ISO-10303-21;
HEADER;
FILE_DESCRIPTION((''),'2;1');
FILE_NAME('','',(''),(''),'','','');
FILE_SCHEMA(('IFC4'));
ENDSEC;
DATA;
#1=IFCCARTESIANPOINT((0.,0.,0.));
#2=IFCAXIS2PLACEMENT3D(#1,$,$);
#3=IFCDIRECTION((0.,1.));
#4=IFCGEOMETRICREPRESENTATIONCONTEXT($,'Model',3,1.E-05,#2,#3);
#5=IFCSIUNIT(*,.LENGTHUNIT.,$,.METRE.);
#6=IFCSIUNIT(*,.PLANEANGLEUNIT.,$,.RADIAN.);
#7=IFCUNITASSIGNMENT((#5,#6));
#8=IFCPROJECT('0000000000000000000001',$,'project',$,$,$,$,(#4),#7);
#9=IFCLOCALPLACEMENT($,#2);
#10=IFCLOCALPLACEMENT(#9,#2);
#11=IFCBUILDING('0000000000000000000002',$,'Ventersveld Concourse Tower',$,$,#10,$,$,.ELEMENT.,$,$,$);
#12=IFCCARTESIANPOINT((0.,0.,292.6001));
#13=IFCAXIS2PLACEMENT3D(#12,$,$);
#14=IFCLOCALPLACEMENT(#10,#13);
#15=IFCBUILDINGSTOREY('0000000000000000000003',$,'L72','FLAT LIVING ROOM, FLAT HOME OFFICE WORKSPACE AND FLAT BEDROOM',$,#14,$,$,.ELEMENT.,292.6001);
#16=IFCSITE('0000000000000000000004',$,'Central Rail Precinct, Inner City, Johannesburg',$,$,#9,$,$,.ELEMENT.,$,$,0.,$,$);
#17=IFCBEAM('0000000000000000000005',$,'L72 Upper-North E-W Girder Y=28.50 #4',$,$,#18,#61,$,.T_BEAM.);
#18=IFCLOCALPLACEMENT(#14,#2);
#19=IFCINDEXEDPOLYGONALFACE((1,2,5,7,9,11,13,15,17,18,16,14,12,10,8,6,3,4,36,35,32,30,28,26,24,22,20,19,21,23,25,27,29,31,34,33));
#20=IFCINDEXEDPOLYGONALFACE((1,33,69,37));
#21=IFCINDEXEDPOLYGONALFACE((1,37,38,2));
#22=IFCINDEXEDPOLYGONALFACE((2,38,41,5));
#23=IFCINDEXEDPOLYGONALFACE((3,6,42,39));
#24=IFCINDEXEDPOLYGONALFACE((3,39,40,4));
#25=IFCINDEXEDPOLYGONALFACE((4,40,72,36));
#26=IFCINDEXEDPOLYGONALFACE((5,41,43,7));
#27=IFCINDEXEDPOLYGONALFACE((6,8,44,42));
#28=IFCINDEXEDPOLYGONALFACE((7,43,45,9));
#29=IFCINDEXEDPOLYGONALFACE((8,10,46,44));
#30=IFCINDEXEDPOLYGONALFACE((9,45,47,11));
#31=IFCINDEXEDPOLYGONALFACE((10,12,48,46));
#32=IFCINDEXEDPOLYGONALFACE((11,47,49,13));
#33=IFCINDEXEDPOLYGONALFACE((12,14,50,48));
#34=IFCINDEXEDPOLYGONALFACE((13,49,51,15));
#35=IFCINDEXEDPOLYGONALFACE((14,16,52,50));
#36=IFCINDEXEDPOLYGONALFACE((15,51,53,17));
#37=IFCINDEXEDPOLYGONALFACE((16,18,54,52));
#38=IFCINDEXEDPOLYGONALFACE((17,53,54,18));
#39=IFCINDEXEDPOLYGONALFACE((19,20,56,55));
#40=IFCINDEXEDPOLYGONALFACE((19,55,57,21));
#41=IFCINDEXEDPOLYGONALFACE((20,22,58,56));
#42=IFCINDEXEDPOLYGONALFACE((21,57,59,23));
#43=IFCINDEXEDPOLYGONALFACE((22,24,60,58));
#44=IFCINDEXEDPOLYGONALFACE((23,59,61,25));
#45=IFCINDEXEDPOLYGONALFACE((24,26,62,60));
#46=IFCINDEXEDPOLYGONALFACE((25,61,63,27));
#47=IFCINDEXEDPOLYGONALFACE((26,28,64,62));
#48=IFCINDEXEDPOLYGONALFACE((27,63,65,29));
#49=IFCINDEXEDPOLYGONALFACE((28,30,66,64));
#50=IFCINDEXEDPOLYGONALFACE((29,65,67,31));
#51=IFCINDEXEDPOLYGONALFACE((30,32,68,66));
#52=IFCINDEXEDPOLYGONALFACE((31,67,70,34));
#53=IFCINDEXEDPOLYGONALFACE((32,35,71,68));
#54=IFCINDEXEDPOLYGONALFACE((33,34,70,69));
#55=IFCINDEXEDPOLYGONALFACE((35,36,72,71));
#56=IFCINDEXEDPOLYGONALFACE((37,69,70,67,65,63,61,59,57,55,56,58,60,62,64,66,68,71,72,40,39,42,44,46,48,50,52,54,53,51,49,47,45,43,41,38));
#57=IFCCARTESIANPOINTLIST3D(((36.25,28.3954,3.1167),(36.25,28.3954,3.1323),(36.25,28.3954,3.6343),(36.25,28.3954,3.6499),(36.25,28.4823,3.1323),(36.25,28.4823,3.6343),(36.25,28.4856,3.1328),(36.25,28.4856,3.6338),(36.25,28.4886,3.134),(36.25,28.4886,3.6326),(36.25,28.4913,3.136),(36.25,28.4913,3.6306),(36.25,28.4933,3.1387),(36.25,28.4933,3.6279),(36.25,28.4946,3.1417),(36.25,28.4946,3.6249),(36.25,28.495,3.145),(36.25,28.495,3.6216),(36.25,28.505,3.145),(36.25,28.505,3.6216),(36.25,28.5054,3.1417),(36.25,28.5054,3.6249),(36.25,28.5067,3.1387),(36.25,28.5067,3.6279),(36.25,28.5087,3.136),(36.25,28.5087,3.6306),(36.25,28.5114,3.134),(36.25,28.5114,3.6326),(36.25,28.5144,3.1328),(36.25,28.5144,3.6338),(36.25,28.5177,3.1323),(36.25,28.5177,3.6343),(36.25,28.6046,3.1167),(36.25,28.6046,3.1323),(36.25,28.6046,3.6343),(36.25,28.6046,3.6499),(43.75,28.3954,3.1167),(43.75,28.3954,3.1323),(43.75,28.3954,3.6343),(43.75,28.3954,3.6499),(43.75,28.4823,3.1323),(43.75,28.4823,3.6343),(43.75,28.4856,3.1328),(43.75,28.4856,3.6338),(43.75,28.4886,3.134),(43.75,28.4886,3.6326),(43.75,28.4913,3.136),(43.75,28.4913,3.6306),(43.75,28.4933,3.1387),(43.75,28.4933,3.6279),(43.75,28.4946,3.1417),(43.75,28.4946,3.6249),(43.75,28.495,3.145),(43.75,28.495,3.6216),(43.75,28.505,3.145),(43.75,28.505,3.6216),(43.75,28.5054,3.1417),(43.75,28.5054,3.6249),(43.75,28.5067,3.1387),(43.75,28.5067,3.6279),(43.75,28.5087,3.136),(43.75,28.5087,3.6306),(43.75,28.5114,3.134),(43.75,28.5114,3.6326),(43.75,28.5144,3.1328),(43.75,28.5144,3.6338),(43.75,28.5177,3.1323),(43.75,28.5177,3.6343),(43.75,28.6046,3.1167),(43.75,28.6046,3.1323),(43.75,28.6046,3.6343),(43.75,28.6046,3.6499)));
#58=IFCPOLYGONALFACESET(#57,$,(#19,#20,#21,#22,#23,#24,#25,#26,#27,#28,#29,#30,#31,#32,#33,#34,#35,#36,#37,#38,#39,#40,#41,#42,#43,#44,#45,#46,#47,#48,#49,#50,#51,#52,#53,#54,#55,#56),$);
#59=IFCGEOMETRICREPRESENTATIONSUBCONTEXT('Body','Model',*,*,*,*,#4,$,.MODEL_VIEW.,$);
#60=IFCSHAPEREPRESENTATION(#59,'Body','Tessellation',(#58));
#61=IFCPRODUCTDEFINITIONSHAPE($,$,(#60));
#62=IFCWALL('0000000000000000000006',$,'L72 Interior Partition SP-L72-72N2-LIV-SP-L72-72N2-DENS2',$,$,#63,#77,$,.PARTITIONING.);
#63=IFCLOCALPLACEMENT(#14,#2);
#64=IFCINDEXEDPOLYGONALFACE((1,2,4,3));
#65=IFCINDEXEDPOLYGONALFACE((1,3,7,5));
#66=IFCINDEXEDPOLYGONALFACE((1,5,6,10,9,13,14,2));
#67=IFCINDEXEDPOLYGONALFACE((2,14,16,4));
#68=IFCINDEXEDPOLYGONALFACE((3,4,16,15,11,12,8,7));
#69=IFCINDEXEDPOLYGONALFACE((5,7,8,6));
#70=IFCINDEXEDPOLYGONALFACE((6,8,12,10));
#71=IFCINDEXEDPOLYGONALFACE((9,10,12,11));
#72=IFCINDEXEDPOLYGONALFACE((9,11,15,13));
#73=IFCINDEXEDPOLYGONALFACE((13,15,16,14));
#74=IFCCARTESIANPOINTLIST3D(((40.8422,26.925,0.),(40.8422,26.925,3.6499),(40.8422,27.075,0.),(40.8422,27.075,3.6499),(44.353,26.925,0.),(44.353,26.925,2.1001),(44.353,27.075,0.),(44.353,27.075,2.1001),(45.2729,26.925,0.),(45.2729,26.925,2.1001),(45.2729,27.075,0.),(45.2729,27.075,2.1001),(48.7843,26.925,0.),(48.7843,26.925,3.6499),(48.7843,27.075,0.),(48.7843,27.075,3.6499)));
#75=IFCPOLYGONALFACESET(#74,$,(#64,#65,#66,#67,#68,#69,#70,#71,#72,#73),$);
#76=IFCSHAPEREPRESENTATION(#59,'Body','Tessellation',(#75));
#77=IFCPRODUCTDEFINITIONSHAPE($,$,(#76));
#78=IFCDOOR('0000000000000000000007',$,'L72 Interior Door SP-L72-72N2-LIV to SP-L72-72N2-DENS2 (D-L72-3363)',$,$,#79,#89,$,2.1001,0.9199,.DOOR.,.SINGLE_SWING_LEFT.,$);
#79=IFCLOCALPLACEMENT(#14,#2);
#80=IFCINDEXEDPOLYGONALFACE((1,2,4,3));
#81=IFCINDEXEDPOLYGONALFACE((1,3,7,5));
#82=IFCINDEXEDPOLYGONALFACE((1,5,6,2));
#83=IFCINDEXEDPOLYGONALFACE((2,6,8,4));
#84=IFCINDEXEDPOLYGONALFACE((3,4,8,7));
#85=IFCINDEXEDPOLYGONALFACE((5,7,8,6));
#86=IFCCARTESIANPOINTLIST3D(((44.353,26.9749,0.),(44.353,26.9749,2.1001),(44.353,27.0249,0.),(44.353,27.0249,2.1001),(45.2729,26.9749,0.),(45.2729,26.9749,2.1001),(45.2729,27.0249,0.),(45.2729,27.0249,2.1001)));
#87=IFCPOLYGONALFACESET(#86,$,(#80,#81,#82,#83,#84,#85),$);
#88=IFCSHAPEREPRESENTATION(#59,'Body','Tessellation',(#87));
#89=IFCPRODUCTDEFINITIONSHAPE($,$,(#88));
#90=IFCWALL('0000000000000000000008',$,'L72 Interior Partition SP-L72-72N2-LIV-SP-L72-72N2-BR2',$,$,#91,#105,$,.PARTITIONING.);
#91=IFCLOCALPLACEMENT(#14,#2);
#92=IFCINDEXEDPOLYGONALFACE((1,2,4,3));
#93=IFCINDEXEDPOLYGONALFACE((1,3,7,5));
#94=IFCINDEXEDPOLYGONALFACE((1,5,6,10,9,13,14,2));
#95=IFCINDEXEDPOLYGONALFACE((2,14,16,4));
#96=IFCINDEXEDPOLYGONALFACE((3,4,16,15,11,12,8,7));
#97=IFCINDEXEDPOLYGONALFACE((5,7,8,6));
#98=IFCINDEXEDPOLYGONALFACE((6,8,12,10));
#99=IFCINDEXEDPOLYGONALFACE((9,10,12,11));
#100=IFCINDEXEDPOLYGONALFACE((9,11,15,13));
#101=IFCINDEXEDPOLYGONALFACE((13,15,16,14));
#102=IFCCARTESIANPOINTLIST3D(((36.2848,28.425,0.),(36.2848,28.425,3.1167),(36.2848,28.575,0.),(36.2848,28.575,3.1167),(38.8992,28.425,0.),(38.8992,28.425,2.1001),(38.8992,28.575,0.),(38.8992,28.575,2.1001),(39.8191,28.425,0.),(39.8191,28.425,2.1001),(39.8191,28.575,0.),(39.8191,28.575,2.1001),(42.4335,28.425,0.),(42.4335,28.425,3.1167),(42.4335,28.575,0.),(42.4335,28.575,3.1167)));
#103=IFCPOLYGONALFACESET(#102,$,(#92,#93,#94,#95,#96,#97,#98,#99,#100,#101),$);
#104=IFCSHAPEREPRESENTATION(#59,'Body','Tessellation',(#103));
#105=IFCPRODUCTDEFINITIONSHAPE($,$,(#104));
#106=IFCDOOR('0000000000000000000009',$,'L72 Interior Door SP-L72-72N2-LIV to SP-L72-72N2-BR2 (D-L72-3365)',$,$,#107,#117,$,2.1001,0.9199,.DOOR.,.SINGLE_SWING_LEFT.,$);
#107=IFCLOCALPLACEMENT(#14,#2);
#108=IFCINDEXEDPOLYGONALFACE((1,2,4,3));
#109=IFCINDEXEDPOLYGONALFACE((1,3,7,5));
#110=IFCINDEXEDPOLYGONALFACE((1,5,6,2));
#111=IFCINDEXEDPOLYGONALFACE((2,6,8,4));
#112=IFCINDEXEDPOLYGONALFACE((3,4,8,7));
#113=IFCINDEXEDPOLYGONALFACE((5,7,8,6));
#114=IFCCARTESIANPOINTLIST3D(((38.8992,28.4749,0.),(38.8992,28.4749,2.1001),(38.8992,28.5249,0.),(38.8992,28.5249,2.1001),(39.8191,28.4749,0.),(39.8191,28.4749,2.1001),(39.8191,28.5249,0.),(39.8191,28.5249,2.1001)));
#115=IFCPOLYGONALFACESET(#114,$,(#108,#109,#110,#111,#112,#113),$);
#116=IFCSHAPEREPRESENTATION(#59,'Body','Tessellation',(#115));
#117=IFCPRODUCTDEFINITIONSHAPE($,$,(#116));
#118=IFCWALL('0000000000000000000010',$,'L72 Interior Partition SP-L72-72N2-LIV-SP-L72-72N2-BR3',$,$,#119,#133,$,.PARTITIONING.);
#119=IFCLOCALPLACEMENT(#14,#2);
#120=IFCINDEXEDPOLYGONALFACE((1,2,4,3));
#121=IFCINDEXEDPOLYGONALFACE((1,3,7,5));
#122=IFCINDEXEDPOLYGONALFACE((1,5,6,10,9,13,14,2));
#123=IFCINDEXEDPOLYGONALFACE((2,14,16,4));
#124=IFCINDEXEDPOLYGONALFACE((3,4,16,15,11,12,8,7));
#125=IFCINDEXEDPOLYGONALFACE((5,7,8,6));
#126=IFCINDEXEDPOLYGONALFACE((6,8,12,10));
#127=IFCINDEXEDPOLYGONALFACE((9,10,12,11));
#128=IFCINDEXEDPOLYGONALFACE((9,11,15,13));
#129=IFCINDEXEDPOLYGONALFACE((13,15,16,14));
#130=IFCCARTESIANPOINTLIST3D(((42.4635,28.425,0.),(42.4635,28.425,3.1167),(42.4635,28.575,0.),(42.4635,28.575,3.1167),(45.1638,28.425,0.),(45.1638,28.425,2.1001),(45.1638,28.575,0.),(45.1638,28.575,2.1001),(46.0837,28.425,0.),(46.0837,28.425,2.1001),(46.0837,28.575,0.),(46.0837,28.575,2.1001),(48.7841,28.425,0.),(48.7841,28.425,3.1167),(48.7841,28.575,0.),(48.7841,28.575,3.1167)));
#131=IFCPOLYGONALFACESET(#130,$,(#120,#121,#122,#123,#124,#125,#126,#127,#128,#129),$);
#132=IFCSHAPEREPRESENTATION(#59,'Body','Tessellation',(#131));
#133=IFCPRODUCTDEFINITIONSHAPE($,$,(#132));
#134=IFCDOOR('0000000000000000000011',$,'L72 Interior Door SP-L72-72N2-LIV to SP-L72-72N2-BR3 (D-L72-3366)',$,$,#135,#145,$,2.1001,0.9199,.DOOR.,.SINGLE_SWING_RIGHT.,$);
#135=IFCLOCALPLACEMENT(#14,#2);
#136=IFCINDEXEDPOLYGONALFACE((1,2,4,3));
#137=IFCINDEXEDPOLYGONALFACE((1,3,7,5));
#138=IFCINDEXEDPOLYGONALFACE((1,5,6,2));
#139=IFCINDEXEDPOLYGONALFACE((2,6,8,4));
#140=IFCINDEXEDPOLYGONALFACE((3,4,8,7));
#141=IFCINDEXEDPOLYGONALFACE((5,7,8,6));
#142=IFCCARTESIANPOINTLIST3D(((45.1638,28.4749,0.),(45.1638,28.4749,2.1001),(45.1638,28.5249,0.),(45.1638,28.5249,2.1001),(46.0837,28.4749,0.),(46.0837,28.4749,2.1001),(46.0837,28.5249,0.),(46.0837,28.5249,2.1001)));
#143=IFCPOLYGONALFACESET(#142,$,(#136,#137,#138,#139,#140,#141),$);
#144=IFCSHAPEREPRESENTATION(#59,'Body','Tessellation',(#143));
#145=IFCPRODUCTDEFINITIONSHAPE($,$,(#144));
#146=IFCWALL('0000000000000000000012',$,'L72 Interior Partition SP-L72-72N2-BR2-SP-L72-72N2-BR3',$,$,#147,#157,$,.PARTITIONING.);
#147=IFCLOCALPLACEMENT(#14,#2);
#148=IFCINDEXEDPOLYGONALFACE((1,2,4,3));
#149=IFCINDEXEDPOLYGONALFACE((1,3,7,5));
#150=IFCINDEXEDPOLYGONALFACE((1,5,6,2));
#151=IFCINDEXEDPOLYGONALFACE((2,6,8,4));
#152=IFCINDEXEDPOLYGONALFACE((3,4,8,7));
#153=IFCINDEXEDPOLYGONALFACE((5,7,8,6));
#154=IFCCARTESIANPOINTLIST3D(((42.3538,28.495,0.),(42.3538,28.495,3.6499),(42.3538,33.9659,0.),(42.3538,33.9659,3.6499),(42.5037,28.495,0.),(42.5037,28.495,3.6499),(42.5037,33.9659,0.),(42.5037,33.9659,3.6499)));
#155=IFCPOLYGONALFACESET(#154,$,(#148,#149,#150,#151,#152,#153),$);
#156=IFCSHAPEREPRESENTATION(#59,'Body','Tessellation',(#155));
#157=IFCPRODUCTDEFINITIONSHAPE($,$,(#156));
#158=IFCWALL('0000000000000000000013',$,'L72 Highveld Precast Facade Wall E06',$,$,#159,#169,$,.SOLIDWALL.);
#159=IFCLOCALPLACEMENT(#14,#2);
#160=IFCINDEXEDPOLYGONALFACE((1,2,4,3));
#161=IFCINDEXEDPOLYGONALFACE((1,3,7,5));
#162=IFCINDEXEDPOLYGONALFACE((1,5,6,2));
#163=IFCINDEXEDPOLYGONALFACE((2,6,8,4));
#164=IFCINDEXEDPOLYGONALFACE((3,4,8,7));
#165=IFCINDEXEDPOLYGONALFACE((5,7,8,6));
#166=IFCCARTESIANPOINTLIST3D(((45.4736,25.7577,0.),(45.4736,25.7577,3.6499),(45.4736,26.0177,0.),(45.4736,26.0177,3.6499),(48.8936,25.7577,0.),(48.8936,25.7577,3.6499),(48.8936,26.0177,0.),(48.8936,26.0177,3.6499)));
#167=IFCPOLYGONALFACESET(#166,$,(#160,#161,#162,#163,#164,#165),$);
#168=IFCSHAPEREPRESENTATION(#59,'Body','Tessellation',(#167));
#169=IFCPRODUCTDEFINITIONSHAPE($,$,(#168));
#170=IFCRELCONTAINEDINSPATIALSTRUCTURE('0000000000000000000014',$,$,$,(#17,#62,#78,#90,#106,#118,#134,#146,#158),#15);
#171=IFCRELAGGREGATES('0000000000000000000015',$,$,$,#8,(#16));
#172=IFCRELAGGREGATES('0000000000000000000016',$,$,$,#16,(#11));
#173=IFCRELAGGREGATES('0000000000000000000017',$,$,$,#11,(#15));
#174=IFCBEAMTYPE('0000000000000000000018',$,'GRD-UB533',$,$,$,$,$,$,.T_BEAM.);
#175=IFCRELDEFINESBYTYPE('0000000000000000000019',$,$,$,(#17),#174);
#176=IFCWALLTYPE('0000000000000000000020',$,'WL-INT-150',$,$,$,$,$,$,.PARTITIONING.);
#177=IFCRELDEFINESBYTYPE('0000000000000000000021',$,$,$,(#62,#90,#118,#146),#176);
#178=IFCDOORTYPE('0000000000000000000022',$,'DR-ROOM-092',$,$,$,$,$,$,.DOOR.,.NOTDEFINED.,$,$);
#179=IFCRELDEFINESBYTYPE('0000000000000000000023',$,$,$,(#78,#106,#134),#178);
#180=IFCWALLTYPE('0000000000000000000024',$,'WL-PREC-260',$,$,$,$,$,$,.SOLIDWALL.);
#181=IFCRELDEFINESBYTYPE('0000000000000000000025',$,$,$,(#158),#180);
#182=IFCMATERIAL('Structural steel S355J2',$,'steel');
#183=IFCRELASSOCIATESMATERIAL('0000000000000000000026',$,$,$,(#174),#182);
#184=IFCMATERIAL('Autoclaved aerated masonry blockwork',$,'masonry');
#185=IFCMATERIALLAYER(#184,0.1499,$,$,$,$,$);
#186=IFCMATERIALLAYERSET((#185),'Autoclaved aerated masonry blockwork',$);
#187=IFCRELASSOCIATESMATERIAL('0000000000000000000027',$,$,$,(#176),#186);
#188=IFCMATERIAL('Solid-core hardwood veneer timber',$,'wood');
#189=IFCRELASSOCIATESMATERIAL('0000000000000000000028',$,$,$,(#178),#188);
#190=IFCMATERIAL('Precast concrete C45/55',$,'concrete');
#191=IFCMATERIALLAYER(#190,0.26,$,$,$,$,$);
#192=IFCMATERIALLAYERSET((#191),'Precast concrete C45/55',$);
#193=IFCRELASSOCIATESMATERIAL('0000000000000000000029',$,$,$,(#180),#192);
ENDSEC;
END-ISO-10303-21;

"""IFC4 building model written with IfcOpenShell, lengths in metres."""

from ifc_helpers import new_model, si_unit, direction, frame, frame_2d, origin, origin_2d, place, context, subcontext, project, spatial, rectangle, i_section, extrude, material, layer, layer_set, material_profile, profile_set, type_object, element, fill, save


model = new_model("IFC4")

# Units and contexts
model_context = context("Model", 3, precision=1e-05, world=origin(), true_north=direction((0.0, 1.0)))
body_context = subcontext(model_context, "Body", "Model", "MODEL_VIEW")
ifc_project = project(units=[si_unit("LENGTHUNIT", "METRE"), si_unit("PLANEANGLEUNIT", "RADIAN")], contexts=[model_context])

# Site, building, storey
site_placement = place(None, origin())
site = spatial("IfcSite", under=ifc_project, at=site_placement, Name="Central Rail Precinct, Inner City, Johannesburg", CompositionType="ELEMENT", RefElevation=0.0)
building_placement = place(site_placement, origin())
building = spatial("IfcBuilding", under=site, at=building_placement, Name="Ventersveld Concourse Tower", CompositionType="ELEMENT")
storey_placement = place(building_placement, frame((0.0, 0.0, 292.6001)))
storey = spatial("IfcBuildingStorey", under=building, at=storey_placement, Name="L72", Description="FLAT LIVING ROOM, FLAT HOME OFFICE WORKSPACE AND FLAT BEDROOM", CompositionType="ELEMENT", Elevation=292.6001)

# Beam
ifc_material_1 = material(Name="Structural steel S355J2", Category="steel")
ifc_material_profile_1 = material_profile(ifc_material_1, i_section(OverallWidth=0.2092, OverallDepth=0.5332, WebThickness=0.01, FlangeThickness=0.0156, FilletRadius=0.0127, at=origin_2d()), Name="UB 533x210x92")
ifc_profile_set_1 = profile_set([ifc_material_profile_1], Name="Structural steel S355J2")
beam_type_1 = type_object("IfcBeamType", Name="GRD-UB533", PredefinedType="T_BEAM", material=ifc_profile_set_1)
beam_1_placement = place(storey_placement, frame((36.25, 28.5, 3.3833), z_axis=(1.0, 0.0, 0.0), x_axis=(0.0, 1.0, 0.0)))
element("IfcBeam", 1, at=beam_1_placement, inside=storey, type_object=beam_type_1, Name="L72 Upper-North E-W Girder Y=28.50 #4", PredefinedType="T_BEAM", context=body_context, shape_type="SweptSolid", body=[
    extrude(i_section(OverallWidth=0.2092, OverallDepth=0.5332, WebThickness=0.01, FlangeThickness=0.0156, FilletRadius=0.0127, at=origin_2d()), origin(), (0.0, 0.0, 1.0), 7.5),
])

# Walls, openings, doors
ifc_material_2 = material(Name="Autoclaved aerated masonry blockwork", Category="masonry")
ifc_layer_1 = layer(ifc_material_2, 0.1499)
ifc_layer_set_1 = layer_set([ifc_layer_1], Name="Autoclaved aerated masonry blockwork")
wall_type_1 = type_object("IfcWallType", Name="WL-INT-150", PredefinedType="PARTITIONING", material=ifc_layer_set_1)
wall_1_placement = place(storey_placement, frame((40.842, 27.0, 0.0), z_axis=(0.0, 0.0, 1.0), x_axis=(1.0, 0.0, 0.0)))
wall_1 = element("IfcWall", 2, at=wall_1_placement, inside=storey, type_object=wall_type_1, Name="L72 Interior Partition SP-L72-72N2-LIV-SP-L72-72N2-DENS2", PredefinedType="PARTITIONING", context=body_context, shape_type="SweptSolid", body=[
    extrude(rectangle(XDim=7.9421, YDim=0.1499, at=frame_2d((3.9712, 0.0))), origin(), (0.0, 0.0, 1.0), 3.6499),
])
opening_1_placement = place(wall_1_placement, frame((3.511, 0.0, 0.0)))
opening_1 = element("IfcOpeningElement", 3, at=opening_1_placement, cuts=wall_1, PredefinedType="OPENING", context=body_context, shape_type="SweptSolid", body=[
    extrude(rectangle(XDim=0.9199, YDim=2.1001, at=frame_2d((0.46, 1.05))), frame((0.0, 0.085, 0.0), z_axis=(0.0, -1.0, 0.0), x_axis=(1.0, 0.0, 0.0)), (0.0, 0.0, 1.0), 0.1699),
])
ifc_material_3 = material(Name="Solid-core hardwood veneer timber", Category="wood")
door_type = type_object("IfcDoorType", Name="DR-ROOM-092", OperationType="NOTDEFINED", PredefinedType="DOOR", material=ifc_material_3)
door_1_placement = place(opening_1_placement, origin())
door_1 = element("IfcDoor", 4, at=door_1_placement, inside=storey, type_object=door_type, Name="L72 Interior Door SP-L72-72N2-LIV to SP-L72-72N2-DENS2 (D-L72-3363)", OperationType="SINGLE_SWING_LEFT", OverallHeight=2.1001, OverallWidth=0.9199, PredefinedType="DOOR", context=body_context, shape_type="SweptSolid", body=[
    extrude(rectangle(XDim=0.9199, YDim=2.1001, at=frame_2d((0.46, 1.05))), frame((0.0, 0.0249, 0.0), z_axis=(0.0, -1.0, 0.0), x_axis=(1.0, 0.0, 0.0)), (0.0, 0.0, 1.0), 0.05),
])
fill(opening_1, door_1)
wall_2_placement = place(storey_placement, frame((36.2849, 28.5, 0.0), z_axis=(0.0, 0.0, 1.0), x_axis=(1.0, 0.0, 0.0)))
wall_2 = element("IfcWall", 5, at=wall_2_placement, inside=storey, type_object=wall_type_1, Name="L72 Interior Partition SP-L72-72N2-LIV-SP-L72-72N2-BR2", PredefinedType="PARTITIONING", context=body_context, shape_type="SweptSolid", body=[
    extrude(rectangle(XDim=6.1487, YDim=0.1499, at=frame_2d((3.0742, 0.0))), origin(), (0.0, 0.0, 1.0), 3.1167),
])
opening_2_placement = place(wall_2_placement, frame((2.6143, 0.0, 0.0)))
opening_2 = element("IfcOpeningElement", 6, at=opening_2_placement, cuts=wall_2, PredefinedType="OPENING", context=body_context, shape_type="SweptSolid", body=[
    extrude(rectangle(XDim=0.9199, YDim=2.1001, at=frame_2d((0.46, 1.05))), frame((0.0, 0.085, 0.0), z_axis=(0.0, -1.0, 0.0), x_axis=(1.0, 0.0, 0.0)), (0.0, 0.0, 1.0), 0.1699),
])
door_2_placement = place(opening_2_placement, origin())
door_2 = element("IfcDoor", 7, at=door_2_placement, inside=storey, type_object=door_type, Name="L72 Interior Door SP-L72-72N2-LIV to SP-L72-72N2-BR2 (D-L72-3365)", OperationType="SINGLE_SWING_LEFT", OverallHeight=2.1001, OverallWidth=0.9199, PredefinedType="DOOR", context=body_context, shape_type="SweptSolid", body=[
    extrude(rectangle(XDim=0.9199, YDim=2.1001, at=frame_2d((0.46, 1.05))), frame((0.0, 0.0249, 0.0), z_axis=(0.0, -1.0, 0.0), x_axis=(1.0, 0.0, 0.0)), (0.0, 0.0, 1.0), 0.05),
])
fill(opening_2, door_2)
wall_3_placement = place(storey_placement, frame((42.4636, 28.5, 0.0), z_axis=(0.0, 0.0, 1.0), x_axis=(1.0, 0.0, 0.0)))
wall_3 = element("IfcWall", 8, at=wall_3_placement, inside=storey, type_object=wall_type_1, Name="L72 Interior Partition SP-L72-72N2-LIV-SP-L72-72N2-BR3", PredefinedType="PARTITIONING", context=body_context, shape_type="SweptSolid", body=[
    extrude(rectangle(XDim=6.3206, YDim=0.1499, at=frame_2d((3.1602, 0.0))), origin(), (0.0, 0.0, 1.0), 3.1167),
])
opening_3_placement = place(wall_3_placement, frame((2.7002, 0.0, 0.0)))
opening_3 = element("IfcOpeningElement", 9, at=opening_3_placement, cuts=wall_3, PredefinedType="OPENING", context=body_context, shape_type="SweptSolid", body=[
    extrude(rectangle(XDim=0.9199, YDim=2.1001, at=frame_2d((0.46, 1.05))), frame((0.0, 0.085, 0.0), z_axis=(0.0, -1.0, 0.0), x_axis=(1.0, 0.0, 0.0)), (0.0, 0.0, 1.0), 0.1699),
])
door_3_placement = place(opening_3_placement, origin())
door_3 = element("IfcDoor", 10, at=door_3_placement, inside=storey, type_object=door_type, Name="L72 Interior Door SP-L72-72N2-LIV to SP-L72-72N2-BR3 (D-L72-3366)", OperationType="SINGLE_SWING_RIGHT", OverallHeight=2.1001, OverallWidth=0.9199, PredefinedType="DOOR", context=body_context, shape_type="SweptSolid", body=[
    extrude(rectangle(XDim=0.9199, YDim=2.1001, at=frame_2d((0.46, 1.05))), frame((0.0, 0.0249, 0.0), z_axis=(0.0, -1.0, 0.0), x_axis=(1.0, 0.0, 0.0)), (0.0, 0.0, 1.0), 0.05),
])
fill(opening_3, door_3)

# Walls
wall_4_placement = place(storey_placement, frame((42.4287, 28.4951, 0.0), z_axis=(0.0, 0.0, 1.0), x_axis=(0.0, 1.0, 0.0)))
element("IfcWall", 11, at=wall_4_placement, inside=storey, type_object=wall_type_1, Name="L72 Interior Partition SP-L72-72N2-BR2-SP-L72-72N2-BR3", PredefinedType="PARTITIONING", context=body_context, shape_type="SweptSolid", body=[
    extrude(rectangle(XDim=5.4709, YDim=0.1499, at=frame_2d((2.7354, 0.0))), origin(), (0.0, 0.0, 1.0), 3.6499),
])
ifc_material_4 = material(Name="Precast concrete C45/55", Category="concrete")
ifc_layer_2 = layer(ifc_material_4, 0.26)
ifc_layer_set_2 = layer_set([ifc_layer_2], Name="Precast concrete C45/55")
wall_type_2 = type_object("IfcWallType", Name="WL-PREC-260", PredefinedType="SOLIDWALL", material=ifc_layer_set_2)
wall_5_placement = place(storey_placement, frame((45.4736, 25.8877, 0.0), z_axis=(0.0, 0.0, 1.0), x_axis=(1.0, 0.0, 0.0)))
element("IfcWall", 12, at=wall_5_placement, inside=storey, type_object=wall_type_2, Name="L72 Highveld Precast Facade Wall E06", PredefinedType="SOLIDWALL", context=body_context, shape_type="SweptSolid", body=[
    extrude(rectangle(XDim=3.4199, YDim=0.26, at=frame_2d((1.71, 0.0))), origin(), (0.0, 0.0, 1.0), 3.6499),
])

save(model, "model.ifc")
